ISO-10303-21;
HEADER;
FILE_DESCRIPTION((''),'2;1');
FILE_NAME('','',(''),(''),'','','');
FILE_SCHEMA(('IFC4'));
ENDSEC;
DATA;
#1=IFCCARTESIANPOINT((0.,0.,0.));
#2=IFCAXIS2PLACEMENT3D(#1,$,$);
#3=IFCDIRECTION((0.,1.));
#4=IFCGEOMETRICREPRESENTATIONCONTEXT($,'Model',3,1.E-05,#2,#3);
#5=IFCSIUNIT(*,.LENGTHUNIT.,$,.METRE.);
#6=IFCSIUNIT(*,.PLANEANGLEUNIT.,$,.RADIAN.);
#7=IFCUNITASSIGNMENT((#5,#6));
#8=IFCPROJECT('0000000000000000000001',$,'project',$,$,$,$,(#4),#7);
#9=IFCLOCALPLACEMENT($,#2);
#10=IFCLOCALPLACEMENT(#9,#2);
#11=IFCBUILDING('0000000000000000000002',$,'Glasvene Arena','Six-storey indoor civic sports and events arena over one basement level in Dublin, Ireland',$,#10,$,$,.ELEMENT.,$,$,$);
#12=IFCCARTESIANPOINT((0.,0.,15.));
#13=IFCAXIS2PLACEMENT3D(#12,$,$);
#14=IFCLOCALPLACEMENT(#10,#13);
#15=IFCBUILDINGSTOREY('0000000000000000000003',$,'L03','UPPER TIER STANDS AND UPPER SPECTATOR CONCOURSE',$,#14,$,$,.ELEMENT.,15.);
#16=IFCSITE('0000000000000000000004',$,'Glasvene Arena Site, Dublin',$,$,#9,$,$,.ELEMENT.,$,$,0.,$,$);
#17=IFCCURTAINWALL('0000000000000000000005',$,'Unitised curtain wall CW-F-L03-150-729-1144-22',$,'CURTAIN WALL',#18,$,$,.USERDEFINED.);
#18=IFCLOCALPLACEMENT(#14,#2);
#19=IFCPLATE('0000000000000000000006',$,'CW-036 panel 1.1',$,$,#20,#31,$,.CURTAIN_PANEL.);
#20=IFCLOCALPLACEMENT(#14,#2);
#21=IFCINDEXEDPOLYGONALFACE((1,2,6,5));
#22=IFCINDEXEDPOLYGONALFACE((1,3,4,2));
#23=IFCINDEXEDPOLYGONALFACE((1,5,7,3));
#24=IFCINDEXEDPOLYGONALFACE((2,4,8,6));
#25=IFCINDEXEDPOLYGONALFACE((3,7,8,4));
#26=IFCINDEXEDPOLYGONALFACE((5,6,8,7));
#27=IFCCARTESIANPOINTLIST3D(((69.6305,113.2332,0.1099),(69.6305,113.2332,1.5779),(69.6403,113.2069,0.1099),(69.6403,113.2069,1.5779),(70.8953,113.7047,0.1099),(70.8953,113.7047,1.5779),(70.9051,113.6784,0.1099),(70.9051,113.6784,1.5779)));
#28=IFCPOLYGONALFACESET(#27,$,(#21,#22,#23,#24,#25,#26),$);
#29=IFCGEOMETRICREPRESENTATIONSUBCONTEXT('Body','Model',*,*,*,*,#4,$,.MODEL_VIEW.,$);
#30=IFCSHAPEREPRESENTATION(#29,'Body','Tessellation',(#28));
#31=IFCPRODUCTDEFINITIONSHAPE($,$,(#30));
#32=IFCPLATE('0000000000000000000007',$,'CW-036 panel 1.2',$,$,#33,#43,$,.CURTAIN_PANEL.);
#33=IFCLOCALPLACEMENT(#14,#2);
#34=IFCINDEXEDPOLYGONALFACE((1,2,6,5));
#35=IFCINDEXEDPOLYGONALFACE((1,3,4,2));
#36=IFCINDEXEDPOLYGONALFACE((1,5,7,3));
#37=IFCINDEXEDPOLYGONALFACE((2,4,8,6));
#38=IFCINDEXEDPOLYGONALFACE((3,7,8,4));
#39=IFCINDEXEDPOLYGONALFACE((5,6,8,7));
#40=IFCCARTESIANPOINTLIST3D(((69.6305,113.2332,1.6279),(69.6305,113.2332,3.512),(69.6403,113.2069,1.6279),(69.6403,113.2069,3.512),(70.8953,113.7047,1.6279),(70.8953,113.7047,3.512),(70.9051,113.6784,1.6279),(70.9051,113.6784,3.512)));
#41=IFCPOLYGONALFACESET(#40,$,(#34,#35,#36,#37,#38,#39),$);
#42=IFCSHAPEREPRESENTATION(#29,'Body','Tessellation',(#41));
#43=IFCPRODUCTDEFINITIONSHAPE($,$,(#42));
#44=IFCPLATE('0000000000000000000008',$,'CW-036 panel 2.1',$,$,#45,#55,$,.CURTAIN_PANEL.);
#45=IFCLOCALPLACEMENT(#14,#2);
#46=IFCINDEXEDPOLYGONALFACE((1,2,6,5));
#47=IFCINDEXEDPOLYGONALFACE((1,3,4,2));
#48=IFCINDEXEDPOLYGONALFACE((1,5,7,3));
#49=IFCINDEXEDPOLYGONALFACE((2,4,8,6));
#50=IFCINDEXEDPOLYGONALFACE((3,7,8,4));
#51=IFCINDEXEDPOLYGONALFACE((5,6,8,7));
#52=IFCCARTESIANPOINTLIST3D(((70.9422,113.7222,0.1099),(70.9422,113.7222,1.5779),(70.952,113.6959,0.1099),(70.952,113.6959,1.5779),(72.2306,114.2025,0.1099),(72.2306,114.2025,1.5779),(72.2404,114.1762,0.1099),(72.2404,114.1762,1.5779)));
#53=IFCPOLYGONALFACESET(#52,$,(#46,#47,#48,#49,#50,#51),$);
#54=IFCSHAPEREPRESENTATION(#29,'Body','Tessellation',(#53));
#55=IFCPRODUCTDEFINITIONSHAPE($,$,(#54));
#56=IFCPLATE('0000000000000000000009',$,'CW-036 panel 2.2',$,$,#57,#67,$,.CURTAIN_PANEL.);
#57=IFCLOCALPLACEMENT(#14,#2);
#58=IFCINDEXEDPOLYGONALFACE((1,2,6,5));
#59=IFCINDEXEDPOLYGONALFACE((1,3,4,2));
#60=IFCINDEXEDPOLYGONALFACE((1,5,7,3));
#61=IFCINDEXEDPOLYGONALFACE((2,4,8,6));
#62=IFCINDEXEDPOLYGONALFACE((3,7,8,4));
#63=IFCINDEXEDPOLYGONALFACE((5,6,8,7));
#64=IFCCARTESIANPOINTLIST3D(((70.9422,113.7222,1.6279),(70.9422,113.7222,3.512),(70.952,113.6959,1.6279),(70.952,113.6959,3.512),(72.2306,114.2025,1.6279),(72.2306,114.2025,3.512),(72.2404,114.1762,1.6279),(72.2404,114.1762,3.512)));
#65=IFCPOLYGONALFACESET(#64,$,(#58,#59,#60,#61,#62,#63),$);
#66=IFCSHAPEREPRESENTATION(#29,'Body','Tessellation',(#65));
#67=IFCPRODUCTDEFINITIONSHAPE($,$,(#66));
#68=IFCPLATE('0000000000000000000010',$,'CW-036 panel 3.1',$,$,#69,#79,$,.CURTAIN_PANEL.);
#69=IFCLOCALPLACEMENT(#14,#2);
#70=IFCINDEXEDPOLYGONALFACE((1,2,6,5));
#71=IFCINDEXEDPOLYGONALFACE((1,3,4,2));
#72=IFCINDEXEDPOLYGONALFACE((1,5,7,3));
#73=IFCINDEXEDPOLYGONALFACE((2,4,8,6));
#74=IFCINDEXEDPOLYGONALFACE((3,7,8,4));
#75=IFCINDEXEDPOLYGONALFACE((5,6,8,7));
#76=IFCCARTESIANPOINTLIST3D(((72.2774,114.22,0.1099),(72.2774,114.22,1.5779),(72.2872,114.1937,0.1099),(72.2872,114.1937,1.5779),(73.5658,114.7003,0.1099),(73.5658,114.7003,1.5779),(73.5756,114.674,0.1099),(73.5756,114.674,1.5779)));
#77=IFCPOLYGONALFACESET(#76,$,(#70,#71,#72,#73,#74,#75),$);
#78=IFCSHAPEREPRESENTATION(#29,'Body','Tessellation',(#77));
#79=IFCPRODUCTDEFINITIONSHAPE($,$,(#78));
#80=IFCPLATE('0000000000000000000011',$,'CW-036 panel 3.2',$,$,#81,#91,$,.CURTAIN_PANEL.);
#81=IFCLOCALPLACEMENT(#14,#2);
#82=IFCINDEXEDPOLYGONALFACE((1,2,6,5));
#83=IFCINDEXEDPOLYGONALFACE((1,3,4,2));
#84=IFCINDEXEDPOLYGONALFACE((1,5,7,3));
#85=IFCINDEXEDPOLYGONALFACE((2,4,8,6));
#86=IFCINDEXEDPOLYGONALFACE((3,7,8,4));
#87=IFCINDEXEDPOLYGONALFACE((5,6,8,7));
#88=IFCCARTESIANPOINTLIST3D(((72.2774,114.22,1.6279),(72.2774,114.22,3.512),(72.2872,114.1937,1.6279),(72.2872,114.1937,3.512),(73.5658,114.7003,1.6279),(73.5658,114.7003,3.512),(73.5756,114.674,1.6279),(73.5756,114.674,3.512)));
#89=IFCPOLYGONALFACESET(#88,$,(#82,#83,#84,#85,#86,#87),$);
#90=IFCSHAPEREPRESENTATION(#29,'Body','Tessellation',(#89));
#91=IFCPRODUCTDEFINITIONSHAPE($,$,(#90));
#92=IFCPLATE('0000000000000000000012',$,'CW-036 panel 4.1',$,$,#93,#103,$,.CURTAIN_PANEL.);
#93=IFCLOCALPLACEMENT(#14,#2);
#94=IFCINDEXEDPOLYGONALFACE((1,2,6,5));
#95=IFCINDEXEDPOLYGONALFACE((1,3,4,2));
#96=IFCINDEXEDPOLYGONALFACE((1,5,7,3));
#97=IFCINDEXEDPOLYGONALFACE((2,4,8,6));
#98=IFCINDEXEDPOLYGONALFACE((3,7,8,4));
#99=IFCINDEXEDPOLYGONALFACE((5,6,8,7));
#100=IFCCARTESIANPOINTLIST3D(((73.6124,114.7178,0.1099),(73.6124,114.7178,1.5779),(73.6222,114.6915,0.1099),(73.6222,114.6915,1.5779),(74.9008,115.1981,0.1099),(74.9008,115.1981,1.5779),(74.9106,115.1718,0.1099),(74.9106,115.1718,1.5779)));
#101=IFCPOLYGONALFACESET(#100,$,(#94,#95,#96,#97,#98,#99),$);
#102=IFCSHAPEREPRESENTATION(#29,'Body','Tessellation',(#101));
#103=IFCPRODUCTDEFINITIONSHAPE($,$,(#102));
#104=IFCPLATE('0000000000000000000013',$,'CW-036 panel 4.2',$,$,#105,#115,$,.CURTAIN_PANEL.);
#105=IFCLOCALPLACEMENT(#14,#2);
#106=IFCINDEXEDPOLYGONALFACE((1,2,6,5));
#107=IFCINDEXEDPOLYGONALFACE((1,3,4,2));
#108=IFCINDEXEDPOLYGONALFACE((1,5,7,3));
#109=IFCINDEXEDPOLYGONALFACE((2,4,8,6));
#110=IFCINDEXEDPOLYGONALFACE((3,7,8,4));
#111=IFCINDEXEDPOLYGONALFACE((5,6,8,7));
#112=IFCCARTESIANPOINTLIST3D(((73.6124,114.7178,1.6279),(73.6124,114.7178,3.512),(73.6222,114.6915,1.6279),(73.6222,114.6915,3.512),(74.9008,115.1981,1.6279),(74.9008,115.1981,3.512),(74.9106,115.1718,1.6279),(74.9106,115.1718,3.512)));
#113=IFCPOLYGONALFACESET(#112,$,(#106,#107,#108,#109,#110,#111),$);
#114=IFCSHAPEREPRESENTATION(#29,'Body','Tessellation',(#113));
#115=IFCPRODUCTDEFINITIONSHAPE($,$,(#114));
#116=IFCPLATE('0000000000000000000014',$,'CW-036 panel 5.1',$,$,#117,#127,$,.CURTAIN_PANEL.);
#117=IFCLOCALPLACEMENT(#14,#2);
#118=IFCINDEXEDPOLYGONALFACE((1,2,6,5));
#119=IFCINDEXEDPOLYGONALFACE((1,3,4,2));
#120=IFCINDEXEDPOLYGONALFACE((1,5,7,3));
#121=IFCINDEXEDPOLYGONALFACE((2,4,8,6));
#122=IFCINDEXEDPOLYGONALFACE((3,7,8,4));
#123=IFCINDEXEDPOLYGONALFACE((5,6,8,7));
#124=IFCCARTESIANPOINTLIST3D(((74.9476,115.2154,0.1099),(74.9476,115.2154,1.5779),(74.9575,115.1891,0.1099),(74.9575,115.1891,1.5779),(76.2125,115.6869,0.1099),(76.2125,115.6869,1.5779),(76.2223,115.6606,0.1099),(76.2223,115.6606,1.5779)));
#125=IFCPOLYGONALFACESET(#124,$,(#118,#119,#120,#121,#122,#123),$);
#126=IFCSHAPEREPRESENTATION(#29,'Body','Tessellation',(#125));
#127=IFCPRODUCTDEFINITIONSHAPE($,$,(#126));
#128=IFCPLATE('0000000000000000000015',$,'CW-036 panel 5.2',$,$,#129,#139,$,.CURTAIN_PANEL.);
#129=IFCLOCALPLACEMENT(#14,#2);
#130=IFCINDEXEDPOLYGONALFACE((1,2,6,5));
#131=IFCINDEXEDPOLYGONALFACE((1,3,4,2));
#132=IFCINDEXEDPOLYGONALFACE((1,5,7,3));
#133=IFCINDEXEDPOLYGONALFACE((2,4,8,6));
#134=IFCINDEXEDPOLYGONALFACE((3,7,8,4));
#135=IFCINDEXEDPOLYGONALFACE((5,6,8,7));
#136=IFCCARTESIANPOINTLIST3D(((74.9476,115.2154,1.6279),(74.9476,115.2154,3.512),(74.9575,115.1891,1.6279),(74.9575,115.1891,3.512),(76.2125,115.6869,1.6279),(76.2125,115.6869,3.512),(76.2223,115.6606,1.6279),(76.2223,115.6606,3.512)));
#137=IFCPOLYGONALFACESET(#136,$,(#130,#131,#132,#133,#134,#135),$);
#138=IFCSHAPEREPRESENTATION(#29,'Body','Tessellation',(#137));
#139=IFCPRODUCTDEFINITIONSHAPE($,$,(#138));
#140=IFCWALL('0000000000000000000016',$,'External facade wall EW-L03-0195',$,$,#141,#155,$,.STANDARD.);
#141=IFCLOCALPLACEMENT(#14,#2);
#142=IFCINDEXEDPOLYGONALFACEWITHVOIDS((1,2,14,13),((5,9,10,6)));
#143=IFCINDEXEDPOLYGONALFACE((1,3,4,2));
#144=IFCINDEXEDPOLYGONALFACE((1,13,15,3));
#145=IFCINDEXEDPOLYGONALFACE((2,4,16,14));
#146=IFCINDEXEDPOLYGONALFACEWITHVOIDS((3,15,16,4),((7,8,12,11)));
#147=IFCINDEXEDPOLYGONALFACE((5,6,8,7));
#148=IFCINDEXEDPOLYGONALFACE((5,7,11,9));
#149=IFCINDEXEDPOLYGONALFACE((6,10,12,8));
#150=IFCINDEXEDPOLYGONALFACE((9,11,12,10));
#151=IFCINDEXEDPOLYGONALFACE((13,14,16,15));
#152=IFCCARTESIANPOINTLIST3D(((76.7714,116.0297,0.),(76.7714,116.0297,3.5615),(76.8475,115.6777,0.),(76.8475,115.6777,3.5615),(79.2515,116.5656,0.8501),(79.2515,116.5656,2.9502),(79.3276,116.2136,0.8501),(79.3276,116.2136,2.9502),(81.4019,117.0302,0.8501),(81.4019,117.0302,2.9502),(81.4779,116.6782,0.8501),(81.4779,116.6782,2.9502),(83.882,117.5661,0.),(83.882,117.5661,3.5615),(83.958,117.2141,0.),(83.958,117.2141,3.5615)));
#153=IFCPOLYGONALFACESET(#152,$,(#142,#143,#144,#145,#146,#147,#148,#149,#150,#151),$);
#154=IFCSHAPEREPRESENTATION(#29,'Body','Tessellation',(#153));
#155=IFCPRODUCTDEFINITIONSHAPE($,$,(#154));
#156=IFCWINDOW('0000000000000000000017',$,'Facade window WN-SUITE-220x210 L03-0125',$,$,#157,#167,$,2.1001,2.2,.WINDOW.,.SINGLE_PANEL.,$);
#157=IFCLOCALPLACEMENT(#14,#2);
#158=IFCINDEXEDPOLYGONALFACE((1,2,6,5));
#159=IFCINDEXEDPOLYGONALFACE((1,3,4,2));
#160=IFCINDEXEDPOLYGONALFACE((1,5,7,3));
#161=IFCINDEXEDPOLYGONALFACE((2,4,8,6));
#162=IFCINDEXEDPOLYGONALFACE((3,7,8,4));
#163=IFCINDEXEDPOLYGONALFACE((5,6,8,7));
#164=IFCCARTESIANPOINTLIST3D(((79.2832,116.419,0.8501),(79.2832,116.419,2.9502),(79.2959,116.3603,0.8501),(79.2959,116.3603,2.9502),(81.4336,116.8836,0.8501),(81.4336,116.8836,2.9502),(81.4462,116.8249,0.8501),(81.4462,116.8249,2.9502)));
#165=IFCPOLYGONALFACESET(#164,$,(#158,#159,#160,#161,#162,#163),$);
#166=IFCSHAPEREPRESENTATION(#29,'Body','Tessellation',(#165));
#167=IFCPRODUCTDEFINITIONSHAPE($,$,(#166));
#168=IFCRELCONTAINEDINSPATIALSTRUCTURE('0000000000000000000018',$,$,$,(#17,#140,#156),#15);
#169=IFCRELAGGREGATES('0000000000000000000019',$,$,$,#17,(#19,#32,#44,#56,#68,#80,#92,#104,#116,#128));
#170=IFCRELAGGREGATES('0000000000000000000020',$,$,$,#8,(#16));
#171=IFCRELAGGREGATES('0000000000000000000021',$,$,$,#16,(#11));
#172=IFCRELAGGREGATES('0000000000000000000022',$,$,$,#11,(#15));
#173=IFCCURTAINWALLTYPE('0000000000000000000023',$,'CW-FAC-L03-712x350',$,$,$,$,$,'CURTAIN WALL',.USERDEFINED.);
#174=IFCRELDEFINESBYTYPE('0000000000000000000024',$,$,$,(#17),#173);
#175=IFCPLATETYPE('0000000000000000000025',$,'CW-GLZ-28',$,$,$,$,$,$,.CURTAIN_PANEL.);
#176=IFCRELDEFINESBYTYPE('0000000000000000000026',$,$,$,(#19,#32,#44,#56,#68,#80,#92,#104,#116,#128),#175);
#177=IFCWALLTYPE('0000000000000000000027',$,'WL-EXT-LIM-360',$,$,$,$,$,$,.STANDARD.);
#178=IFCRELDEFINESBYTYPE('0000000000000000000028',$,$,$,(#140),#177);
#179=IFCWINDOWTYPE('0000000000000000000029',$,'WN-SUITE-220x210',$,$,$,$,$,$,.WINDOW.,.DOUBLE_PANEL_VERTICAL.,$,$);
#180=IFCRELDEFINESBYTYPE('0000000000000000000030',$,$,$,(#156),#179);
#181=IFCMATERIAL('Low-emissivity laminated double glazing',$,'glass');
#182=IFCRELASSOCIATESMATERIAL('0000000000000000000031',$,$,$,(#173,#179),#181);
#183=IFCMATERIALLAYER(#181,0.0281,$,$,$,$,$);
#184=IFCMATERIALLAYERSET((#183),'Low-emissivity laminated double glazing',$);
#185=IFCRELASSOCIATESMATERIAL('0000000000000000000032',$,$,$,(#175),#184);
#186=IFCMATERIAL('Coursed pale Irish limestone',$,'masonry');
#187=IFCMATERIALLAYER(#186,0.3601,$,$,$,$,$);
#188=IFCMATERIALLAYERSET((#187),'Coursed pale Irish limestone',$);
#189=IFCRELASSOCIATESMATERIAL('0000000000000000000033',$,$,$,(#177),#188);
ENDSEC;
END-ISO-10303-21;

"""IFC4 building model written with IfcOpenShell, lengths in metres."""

from ifc_helpers import new_model, si_unit, direction, frame, frame_2d, origin, origin_2d, place, context, subcontext, project, spatial, rectangle, extrude, material, layer, layer_set, type_object, element, fill, aggregate, save


model = new_model("IFC4")

# Units and contexts
model_context = context("Model", 3, precision=1e-05, world=origin(), true_north=direction((0.0, 1.0)))
body_context = subcontext(model_context, "Body", "Model", "MODEL_VIEW")
ifc_project = project(units=[si_unit("LENGTHUNIT", "METRE"), si_unit("PLANEANGLEUNIT", "RADIAN")], contexts=[model_context])

# Site, building, storey
site_placement = place(None, origin())
site = spatial("IfcSite", under=ifc_project, at=site_placement, Name="Glasvene Arena Site, Dublin", CompositionType="ELEMENT", RefElevation=0.0)
building_placement = place(site_placement, origin())
building = spatial("IfcBuilding", under=site, at=building_placement, Name="Glasvene Arena", Description="Six-storey indoor civic sports and events arena over one basement level in Dublin, Ireland", CompositionType="ELEMENT")
storey_placement = place(building_placement, frame((0.0, 0.0, 15.0)))
storey = spatial("IfcBuildingStorey", under=building, at=storey_placement, Name="L03", Description="UPPER TIER STANDS AND UPPER SPECTATOR CONCOURSE", CompositionType="ELEMENT", Elevation=15.0)

# Curtain wall, plates
ifc_material_1 = material(Name="Low-emissivity laminated double glazing", Category="glass")
curtain_wall_type = type_object("IfcCurtainWallType", Name="CW-FAC-L03-712x350", ElementType="CURTAIN WALL", PredefinedType="USERDEFINED", material=ifc_material_1)
curtain_wall_placement = place(storey_placement, frame((69.5884, 113.2026, 0.0)))
curtain_wall = element("IfcCurtainWall", 1, at=curtain_wall_placement, inside=storey, type_object=curtain_wall_type, Name="Unitised curtain wall CW-F-L03-150-729-1144-22", ObjectType="CURTAIN WALL", PredefinedType="USERDEFINED")
ifc_layer_1 = layer(ifc_material_1, 0.0281)
ifc_layer_set_1 = layer_set([ifc_layer_1], Name="Low-emissivity laminated double glazing")
plate_type = type_object("IfcPlateType", Name="CW-GLZ-28", PredefinedType="CURTAIN_PANEL", material=ifc_layer_set_1)
plate_1_placement = place(storey_placement, frame((70.2678, 113.4558, 0.1099), z_axis=(0.0, 0.0, 1.0), x_axis=(0.937012, 0.349298, 0.0)))
plate_1 = element("IfcPlate", 2, at=plate_1_placement, type_object=plate_type, Name="CW-036 panel 1.1", PredefinedType="CURTAIN_PANEL", context=body_context, shape_type="SweptSolid", body=[
    extrude(rectangle(XDim=1.3499, YDim=0.0281, at=origin_2d()), origin(), (0.0, 0.0, 1.0), 1.468),
])
plate_2_placement = place(storey_placement, frame((70.2678, 113.4558, 1.6279), z_axis=(0.0, 0.0, 1.0), x_axis=(0.937012, 0.349298, 0.0)))
plate_2 = element("IfcPlate", 3, at=plate_2_placement, type_object=plate_type, Name="CW-036 panel 1.2", PredefinedType="CURTAIN_PANEL", context=body_context, shape_type="SweptSolid", body=[
    extrude(rectangle(XDim=1.3499, YDim=0.0281, at=origin_2d()), origin(), (0.0, 0.0, 1.0), 1.884),
])
plate_3_placement = place(storey_placement, frame((71.5913, 113.9492, 0.1099), z_axis=(0.0, 0.0, 1.0), x_axis=(0.937012, 0.349298, 0.0)))
plate_3 = element("IfcPlate", 4, at=plate_3_placement, type_object=plate_type, Name="CW-036 panel 2.1", PredefinedType="CURTAIN_PANEL", context=body_context, shape_type="SweptSolid", body=[
    extrude(rectangle(XDim=1.375, YDim=0.0281, at=origin_2d()), origin(), (0.0, 0.0, 1.0), 1.468),
])
plate_4_placement = place(storey_placement, frame((71.5913, 113.9492, 1.6279), z_axis=(0.0, 0.0, 1.0), x_axis=(0.937012, 0.349298, 0.0)))
plate_4 = element("IfcPlate", 5, at=plate_4_placement, type_object=plate_type, Name="CW-036 panel 2.2", PredefinedType="CURTAIN_PANEL", context=body_context, shape_type="SweptSolid", body=[
    extrude(rectangle(XDim=1.375, YDim=0.0281, at=origin_2d()), origin(), (0.0, 0.0, 1.0), 1.884),
])
plate_5_placement = place(storey_placement, frame((72.9265, 114.447, 0.1099), z_axis=(0.0, 0.0, 1.0), x_axis=(0.937012, 0.349298, 0.0)))
plate_5 = element("IfcPlate", 6, at=plate_5_placement, type_object=plate_type, Name="CW-036 panel 3.1", PredefinedType="CURTAIN_PANEL", context=body_context, shape_type="SweptSolid", body=[
    extrude(rectangle(XDim=1.375, YDim=0.0281, at=origin_2d()), origin(), (0.0, 0.0, 1.0), 1.468),
])
plate_6_placement = place(storey_placement, frame((72.9265, 114.447, 1.6279), z_axis=(0.0, 0.0, 1.0), x_axis=(0.937012, 0.349298, 0.0)))
plate_6 = element("IfcPlate", 7, at=plate_6_placement, type_object=plate_type, Name="CW-036 panel 3.2", PredefinedType="CURTAIN_PANEL", context=body_context, shape_type="SweptSolid", body=[
    extrude(rectangle(XDim=1.375, YDim=0.0281, at=origin_2d()), origin(), (0.0, 0.0, 1.0), 1.884),
])
plate_7_placement = place(storey_placement, frame((74.2615, 114.9448, 0.1099), z_axis=(0.0, 0.0, 1.0), x_axis=(0.937012, 0.349298, 0.0)))
plate_7 = element("IfcPlate", 8, at=plate_7_placement, type_object=plate_type, Name="CW-036 panel 4.1", PredefinedType="CURTAIN_PANEL", context=body_context, shape_type="SweptSolid", body=[
    extrude(rectangle(XDim=1.375, YDim=0.0281, at=origin_2d()), origin(), (0.0, 0.0, 1.0), 1.468),
])
plate_8_placement = place(storey_placement, frame((74.2615, 114.9448, 1.6279), z_axis=(0.0, 0.0, 1.0), x_axis=(0.937012, 0.349298, 0.0)))
plate_8 = element("IfcPlate", 9, at=plate_8_placement, type_object=plate_type, Name="CW-036 panel 4.2", PredefinedType="CURTAIN_PANEL", context=body_context, shape_type="SweptSolid", body=[
    extrude(rectangle(XDim=1.375, YDim=0.0281, at=origin_2d()), origin(), (0.0, 0.0, 1.0), 1.884),
])
plate_9_placement = place(storey_placement, frame((75.585, 115.438, 0.1099), z_axis=(0.0, 0.0, 1.0), x_axis=(0.937012, 0.349298, 0.0)))
plate_9 = element("IfcPlate", 10, at=plate_9_placement, type_object=plate_type, Name="CW-036 panel 5.1", PredefinedType="CURTAIN_PANEL", context=body_context, shape_type="SweptSolid", body=[
    extrude(rectangle(XDim=1.3499, YDim=0.0281, at=origin_2d()), origin(), (0.0, 0.0, 1.0), 1.468),
])
plate_10_placement = place(storey_placement, frame((75.585, 115.438, 1.6279), z_axis=(0.0, 0.0, 1.0), x_axis=(0.937012, 0.349298, 0.0)))
plate_10 = element("IfcPlate", 11, at=plate_10_placement, type_object=plate_type, Name="CW-036 panel 5.2", PredefinedType="CURTAIN_PANEL", context=body_context, shape_type="SweptSolid", body=[
    extrude(rectangle(XDim=1.3499, YDim=0.0281, at=origin_2d()), origin(), (0.0, 0.0, 1.0), 1.884),
])
aggregate(curtain_wall, [plate_1, plate_2, plate_3, plate_4, plate_5, plate_6, plate_7, plate_8, plate_9, plate_10])

# Wall, opening, window
ifc_material_2 = material(Name="Coursed pale Irish limestone", Category="masonry")
ifc_layer_2 = layer(ifc_material_2, 0.3601)
ifc_layer_set_2 = layer_set([ifc_layer_2], Name="Coursed pale Irish limestone")
wall_type = type_object("IfcWallType", Name="WL-EXT-LIM-360", PredefinedType="STANDARD", material=ifc_layer_set_2)
wall_placement = place(storey_placement, frame((76.8096, 115.8538, 0.0), z_axis=(0.0, 0.0, 1.0), x_axis=(0.977444, 0.211195, 0.0)))
wall = element("IfcWall", 12, at=wall_placement, inside=storey, type_object=wall_type, Name="External facade wall EW-L03-0195", PredefinedType="STANDARD", context=body_context, shape_type="SweptSolid", body=[
    extrude(rectangle(XDim=7.2747, YDim=0.3601, at=frame_2d((3.6372, 0.0))), origin(), (0.0, 0.0, 1.0), 3.5615),
])
opening_placement = place(wall_placement, frame((2.5371, 0.0, 0.8501)))
opening = element("IfcOpeningElement", 13, at=opening_placement, cuts=wall, PredefinedType="OPENING", context=body_context, shape_type="SweptSolid", body=[
    extrude(rectangle(XDim=2.2, YDim=2.1001, at=frame_2d((1.1001, 1.05))), frame((0.0, 0.1899, 0.0), z_axis=(0.0, -1.0, 0.0), x_axis=(1.0, 0.0, 0.0)), (0.0, 0.0, 1.0), 0.3801),
])
window_type = type_object("IfcWindowType", Name="WN-SUITE-220x210", PartitioningType="DOUBLE_PANEL_VERTICAL", PredefinedType="WINDOW", material=ifc_material_1)
window_placement = place(opening_placement, origin())
window = element("IfcWindow", 14, at=window_placement, inside=storey, type_object=window_type, Name="Facade window WN-SUITE-220x210 L03-0125", OverallHeight=2.1001, OverallWidth=2.2, PartitioningType="SINGLE_PANEL", PredefinedType="WINDOW", context=body_context, shape_type="SweptSolid", body=[
    extrude(rectangle(XDim=2.2, YDim=2.1001, at=frame_2d((1.1001, 1.05))), frame((0.0, 0.03, 0.0), z_axis=(0.0, -1.0, 0.0), x_axis=(1.0, 0.0, 0.0)), (0.0, 0.0, 1.0), 0.0601),
])
fill(opening, window)

save(model, "model.ifc")
